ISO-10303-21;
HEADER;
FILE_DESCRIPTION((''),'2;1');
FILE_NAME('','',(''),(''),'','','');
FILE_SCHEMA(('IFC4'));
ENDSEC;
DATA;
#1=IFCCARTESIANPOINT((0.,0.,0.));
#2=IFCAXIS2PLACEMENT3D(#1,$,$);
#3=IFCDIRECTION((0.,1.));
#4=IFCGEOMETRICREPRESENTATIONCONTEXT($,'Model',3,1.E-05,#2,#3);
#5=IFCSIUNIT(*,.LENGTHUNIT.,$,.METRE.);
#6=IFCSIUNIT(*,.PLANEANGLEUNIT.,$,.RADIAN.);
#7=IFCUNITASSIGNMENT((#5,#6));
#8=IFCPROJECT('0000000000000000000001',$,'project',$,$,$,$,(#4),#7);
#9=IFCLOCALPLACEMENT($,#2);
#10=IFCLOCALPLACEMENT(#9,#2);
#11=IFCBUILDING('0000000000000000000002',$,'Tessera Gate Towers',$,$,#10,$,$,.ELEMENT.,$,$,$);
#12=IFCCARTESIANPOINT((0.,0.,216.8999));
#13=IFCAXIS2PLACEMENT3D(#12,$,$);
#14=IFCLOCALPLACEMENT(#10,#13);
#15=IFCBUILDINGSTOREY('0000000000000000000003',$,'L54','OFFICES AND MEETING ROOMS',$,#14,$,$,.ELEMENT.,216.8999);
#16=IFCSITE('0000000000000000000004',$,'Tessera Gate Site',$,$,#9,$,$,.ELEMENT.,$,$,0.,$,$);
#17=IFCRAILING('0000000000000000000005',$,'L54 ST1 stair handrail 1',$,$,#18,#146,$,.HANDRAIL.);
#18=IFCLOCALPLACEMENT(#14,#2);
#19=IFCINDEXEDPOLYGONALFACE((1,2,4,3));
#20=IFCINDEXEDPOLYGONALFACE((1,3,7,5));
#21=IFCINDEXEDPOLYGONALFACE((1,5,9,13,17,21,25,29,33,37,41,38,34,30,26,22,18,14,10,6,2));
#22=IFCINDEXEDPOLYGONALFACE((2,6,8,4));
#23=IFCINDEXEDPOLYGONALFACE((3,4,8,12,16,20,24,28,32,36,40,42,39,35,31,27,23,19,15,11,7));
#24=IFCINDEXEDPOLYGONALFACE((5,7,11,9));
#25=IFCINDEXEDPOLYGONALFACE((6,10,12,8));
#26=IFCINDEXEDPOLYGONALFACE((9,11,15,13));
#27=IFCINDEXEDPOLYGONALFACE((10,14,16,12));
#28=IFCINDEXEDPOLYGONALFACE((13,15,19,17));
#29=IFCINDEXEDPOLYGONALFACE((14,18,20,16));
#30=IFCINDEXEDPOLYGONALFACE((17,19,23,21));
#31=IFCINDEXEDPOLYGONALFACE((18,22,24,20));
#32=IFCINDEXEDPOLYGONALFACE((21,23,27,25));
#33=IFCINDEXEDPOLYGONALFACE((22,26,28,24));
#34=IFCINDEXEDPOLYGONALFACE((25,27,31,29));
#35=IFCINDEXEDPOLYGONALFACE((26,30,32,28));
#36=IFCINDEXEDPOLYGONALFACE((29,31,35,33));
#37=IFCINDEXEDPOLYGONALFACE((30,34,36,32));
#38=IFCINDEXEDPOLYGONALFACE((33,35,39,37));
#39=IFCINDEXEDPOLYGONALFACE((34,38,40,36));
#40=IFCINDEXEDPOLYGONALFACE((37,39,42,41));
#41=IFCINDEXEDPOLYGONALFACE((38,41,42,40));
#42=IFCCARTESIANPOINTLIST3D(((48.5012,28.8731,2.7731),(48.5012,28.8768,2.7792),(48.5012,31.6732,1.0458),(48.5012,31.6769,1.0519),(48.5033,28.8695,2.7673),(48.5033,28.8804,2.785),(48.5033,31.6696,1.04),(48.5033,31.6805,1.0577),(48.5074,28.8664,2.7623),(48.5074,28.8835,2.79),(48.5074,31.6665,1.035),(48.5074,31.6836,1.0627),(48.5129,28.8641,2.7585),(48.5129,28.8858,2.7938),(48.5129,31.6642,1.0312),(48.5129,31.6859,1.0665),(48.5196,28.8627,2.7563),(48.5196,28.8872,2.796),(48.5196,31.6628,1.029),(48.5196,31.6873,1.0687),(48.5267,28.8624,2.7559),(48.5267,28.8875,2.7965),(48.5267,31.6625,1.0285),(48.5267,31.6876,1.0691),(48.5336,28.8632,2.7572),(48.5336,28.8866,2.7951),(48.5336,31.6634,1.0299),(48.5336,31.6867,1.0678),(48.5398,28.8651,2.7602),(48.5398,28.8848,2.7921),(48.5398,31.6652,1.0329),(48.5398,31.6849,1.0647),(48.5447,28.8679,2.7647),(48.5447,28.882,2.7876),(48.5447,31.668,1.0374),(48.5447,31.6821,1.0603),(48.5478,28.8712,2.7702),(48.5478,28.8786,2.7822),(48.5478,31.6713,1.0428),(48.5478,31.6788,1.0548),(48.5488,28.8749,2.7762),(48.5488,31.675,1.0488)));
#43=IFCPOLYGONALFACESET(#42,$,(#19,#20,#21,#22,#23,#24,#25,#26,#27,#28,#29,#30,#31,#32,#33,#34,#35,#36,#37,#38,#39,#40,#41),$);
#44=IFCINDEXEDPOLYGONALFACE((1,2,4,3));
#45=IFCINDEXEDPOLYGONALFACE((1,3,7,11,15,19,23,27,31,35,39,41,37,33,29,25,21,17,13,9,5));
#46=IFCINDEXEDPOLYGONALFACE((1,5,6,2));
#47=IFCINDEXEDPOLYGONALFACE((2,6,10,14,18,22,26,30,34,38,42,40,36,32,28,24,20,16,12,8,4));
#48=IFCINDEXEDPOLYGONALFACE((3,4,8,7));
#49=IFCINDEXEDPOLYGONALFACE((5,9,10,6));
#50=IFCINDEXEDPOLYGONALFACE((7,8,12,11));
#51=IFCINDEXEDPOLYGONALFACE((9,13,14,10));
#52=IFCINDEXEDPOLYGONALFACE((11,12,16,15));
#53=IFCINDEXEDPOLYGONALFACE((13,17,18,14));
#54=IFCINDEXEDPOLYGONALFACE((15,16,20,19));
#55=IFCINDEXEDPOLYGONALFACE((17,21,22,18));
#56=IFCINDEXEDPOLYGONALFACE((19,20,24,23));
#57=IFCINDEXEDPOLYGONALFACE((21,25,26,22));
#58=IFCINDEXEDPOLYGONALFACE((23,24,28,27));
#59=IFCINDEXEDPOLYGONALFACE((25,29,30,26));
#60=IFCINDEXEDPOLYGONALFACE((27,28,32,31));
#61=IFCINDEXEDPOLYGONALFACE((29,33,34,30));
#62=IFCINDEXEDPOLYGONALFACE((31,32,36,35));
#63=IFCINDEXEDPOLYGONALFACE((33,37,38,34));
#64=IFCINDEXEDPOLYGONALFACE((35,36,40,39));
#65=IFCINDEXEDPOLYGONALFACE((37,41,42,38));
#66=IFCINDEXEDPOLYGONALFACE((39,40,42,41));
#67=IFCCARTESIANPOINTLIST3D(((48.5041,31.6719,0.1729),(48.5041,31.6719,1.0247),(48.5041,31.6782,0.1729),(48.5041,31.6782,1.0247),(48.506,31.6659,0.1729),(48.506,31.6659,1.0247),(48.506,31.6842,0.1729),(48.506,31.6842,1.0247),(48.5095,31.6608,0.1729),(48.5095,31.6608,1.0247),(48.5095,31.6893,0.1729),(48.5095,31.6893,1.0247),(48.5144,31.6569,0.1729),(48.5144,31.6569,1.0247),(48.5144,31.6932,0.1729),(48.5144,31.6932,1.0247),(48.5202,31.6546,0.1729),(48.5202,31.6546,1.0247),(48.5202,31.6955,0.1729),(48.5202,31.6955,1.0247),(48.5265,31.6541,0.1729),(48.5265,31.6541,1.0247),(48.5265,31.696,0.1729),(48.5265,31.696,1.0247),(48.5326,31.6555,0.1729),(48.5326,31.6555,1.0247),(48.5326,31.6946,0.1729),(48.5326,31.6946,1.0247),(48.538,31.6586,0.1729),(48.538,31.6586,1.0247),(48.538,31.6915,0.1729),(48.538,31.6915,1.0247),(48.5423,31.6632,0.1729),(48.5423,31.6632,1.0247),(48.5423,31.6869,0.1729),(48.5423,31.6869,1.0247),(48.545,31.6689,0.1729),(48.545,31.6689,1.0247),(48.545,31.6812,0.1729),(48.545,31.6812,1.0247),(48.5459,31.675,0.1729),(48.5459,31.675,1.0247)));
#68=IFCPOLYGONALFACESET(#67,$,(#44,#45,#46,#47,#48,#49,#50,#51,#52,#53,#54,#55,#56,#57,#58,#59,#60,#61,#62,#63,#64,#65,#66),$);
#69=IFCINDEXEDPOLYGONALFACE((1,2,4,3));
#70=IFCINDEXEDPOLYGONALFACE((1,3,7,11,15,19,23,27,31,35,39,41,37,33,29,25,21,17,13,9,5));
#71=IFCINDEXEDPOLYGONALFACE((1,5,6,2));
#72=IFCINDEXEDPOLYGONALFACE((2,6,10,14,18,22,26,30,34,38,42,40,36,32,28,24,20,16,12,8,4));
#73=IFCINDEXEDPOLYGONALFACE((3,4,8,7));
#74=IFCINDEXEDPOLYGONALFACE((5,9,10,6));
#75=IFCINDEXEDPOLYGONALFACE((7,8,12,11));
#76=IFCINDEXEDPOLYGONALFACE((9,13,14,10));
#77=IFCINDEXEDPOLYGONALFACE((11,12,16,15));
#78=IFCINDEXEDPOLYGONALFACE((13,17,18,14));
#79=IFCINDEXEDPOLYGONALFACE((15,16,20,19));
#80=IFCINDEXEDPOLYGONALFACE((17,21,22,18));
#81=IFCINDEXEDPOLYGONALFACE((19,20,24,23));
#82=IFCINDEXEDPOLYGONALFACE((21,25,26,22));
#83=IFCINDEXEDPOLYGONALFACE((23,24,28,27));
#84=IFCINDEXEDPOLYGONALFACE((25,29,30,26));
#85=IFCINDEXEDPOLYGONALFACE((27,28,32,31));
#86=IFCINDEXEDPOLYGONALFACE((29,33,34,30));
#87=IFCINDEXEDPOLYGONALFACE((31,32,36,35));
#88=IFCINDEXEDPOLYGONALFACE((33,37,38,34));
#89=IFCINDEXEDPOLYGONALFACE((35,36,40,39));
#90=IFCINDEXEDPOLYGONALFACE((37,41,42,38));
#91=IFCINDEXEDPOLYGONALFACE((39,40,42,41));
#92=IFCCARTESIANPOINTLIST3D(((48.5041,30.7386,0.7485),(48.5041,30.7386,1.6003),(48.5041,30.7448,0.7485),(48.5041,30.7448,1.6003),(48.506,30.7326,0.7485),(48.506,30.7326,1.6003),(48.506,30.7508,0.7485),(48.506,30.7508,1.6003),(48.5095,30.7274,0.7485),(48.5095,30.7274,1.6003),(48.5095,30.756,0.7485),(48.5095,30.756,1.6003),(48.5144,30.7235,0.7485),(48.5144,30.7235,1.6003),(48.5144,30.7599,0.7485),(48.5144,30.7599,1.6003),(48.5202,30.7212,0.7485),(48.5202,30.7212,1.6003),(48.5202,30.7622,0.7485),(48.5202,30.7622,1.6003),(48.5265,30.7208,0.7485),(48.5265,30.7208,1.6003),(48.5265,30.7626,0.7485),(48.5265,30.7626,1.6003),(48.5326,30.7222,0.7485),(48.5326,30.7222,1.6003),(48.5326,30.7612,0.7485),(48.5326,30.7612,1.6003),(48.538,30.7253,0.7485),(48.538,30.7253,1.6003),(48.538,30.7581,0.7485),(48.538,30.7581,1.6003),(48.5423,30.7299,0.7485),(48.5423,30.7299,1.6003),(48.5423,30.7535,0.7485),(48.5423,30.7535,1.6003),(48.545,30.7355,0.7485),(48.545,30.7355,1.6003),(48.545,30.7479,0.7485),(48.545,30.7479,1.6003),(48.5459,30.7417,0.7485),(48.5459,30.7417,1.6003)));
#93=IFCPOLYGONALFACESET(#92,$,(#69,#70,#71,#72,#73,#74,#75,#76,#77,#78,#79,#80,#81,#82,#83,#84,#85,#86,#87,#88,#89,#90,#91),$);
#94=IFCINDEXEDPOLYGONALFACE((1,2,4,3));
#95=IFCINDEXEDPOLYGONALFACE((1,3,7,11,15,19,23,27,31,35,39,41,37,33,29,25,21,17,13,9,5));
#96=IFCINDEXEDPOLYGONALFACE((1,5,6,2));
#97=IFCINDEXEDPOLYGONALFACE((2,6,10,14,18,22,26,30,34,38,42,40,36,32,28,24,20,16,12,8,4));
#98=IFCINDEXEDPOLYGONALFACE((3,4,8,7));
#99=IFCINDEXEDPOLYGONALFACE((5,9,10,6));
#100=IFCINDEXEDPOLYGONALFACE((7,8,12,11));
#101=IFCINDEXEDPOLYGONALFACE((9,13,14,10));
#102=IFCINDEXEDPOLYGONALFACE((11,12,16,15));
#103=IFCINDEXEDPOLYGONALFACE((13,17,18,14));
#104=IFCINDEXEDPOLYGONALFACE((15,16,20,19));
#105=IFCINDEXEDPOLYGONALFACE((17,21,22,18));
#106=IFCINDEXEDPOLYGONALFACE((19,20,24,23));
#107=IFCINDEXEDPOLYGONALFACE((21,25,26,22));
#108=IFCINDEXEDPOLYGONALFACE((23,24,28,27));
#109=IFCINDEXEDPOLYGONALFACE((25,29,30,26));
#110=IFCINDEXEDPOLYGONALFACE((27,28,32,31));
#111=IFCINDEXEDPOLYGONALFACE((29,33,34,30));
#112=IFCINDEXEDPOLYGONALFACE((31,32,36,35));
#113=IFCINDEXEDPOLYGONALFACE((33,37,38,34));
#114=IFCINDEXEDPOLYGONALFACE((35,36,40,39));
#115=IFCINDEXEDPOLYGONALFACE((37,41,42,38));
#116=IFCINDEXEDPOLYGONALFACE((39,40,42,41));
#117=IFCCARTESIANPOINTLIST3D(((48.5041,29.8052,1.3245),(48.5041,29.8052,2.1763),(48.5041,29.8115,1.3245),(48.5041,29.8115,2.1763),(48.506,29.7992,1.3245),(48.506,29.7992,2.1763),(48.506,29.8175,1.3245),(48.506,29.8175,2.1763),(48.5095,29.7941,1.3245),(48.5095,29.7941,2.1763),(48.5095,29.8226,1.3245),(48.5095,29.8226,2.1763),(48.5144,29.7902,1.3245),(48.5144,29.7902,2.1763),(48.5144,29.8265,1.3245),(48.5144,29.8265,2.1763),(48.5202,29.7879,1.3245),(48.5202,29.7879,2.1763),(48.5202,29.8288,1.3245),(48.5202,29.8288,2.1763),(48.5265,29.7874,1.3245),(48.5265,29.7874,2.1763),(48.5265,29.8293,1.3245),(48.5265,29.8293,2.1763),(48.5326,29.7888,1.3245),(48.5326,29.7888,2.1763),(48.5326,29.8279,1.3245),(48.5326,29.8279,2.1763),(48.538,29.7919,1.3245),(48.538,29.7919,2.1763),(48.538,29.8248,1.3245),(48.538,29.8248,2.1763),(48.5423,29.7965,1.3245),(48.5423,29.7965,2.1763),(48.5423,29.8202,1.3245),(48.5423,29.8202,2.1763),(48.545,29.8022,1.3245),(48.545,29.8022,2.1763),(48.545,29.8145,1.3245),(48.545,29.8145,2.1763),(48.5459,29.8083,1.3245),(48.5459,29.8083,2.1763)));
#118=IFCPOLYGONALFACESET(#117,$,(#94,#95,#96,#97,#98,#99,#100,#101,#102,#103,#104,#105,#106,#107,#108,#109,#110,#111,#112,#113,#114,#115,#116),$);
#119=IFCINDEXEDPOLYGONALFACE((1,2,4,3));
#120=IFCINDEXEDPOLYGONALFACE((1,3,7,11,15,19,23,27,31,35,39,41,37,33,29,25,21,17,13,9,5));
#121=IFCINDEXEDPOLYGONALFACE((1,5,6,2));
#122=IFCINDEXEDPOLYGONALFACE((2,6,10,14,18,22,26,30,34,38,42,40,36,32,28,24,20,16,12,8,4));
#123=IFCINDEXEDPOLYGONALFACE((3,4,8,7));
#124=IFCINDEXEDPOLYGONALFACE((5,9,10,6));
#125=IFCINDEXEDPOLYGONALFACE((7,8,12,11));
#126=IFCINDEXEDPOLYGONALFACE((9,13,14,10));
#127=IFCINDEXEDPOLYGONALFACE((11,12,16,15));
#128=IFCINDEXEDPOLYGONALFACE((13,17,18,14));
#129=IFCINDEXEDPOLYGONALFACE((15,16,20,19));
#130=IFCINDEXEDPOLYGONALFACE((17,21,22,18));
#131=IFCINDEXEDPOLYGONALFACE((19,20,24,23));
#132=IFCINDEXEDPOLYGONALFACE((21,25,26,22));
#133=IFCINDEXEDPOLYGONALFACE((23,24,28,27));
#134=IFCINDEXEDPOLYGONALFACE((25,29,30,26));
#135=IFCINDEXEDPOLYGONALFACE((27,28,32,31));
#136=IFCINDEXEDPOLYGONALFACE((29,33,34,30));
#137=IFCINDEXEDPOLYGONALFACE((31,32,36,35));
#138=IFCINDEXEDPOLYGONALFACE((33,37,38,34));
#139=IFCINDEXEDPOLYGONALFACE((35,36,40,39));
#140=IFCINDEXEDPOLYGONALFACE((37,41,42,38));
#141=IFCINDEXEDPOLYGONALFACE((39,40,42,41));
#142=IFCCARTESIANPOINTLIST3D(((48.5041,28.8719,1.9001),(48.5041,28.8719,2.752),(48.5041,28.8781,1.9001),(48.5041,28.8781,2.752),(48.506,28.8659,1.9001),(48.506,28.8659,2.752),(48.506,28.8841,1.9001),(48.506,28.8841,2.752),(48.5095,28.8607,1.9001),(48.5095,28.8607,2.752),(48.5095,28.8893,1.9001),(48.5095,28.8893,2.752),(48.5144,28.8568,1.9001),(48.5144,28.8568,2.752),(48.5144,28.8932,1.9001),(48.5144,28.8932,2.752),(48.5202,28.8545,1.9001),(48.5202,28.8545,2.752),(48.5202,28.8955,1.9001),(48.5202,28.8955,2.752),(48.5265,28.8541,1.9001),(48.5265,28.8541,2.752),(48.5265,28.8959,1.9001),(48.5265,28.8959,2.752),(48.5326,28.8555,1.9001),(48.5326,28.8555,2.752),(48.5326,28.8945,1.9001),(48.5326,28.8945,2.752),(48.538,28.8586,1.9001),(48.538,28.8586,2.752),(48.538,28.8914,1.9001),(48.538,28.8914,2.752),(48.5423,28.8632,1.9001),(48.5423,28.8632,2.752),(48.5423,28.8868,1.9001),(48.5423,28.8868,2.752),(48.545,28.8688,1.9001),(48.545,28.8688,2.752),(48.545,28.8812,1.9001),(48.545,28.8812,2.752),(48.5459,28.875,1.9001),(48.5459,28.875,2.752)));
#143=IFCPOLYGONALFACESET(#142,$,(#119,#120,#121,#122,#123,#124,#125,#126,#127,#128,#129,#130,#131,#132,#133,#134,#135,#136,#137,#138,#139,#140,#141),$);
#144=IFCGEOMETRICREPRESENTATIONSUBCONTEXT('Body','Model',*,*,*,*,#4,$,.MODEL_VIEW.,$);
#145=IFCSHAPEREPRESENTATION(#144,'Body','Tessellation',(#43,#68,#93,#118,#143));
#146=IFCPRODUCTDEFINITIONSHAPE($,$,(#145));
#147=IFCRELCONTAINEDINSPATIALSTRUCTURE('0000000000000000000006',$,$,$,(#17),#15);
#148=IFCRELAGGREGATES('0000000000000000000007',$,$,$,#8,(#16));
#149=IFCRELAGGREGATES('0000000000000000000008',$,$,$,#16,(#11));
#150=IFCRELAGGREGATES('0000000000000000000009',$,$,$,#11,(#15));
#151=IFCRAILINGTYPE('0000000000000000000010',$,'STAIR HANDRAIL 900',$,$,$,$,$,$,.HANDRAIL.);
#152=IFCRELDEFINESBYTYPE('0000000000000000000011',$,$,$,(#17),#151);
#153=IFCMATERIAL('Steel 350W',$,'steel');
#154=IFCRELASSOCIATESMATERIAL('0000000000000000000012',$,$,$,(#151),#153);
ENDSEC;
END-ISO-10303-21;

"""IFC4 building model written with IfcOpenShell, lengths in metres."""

from ifc_helpers import new_model, si_unit, direction, frame, origin, origin_2d, place, context, subcontext, project, spatial, circle, extrude, material, type_object, element, save


model = new_model("IFC4")

# Units and contexts
model_context = context("Model", 3, precision=1e-05, world=origin(), true_north=direction((0.0, 1.0)))
body_context = subcontext(model_context, "Body", "Model", "MODEL_VIEW")
ifc_project = project(units=[si_unit("LENGTHUNIT", "METRE"), si_unit("PLANEANGLEUNIT", "RADIAN")], contexts=[model_context])

# Site, building, storey
site_placement = place(None, origin())
site = spatial("IfcSite", under=ifc_project, at=site_placement, Name="Tessera Gate Site", CompositionType="ELEMENT", RefElevation=0.0)
building_placement = place(site_placement, origin())
building = spatial("IfcBuilding", under=site, at=building_placement, Name="Tessera Gate Towers", CompositionType="ELEMENT")
storey_placement = place(building_placement, frame((0.0, 0.0, 216.8999)))
storey = spatial("IfcBuildingStorey", under=building, at=storey_placement, Name="L54", Description="OFFICES AND MEETING ROOMS", CompositionType="ELEMENT", Elevation=216.8999)

# Railing
ifc_material_1 = material(Name="Steel 350W", Category="steel")
railing_type = type_object("IfcRailingType", Name="STAIR HANDRAIL 900", PredefinedType="HANDRAIL", material=ifc_material_1)
railing_placement = place(storey_placement, frame((48.5249, 31.675, 0.1729)))
element("IfcRailing", 1, at=railing_placement, inside=storey, type_object=railing_type, Name="L54 ST1 stair handrail 1", PredefinedType="HANDRAIL", context=body_context, shape_type="SweptSolid", body=[
    extrude(circle(Radius=0.0239, at=origin_2d()), frame((0.0, 0.0, 0.876), z_axis=(0.0, -0.85109, 0.52502), x_axis=(1.0, 0.0, 0.0)), (0.0, 0.0, 1.0), 3.29),
    extrude(circle(Radius=0.021, at=origin_2d()), origin(), (0.0, 0.0, 1.0), 0.8518),
    extrude(circle(Radius=0.021, at=origin_2d()), frame((0.0, -0.9333, 0.5757)), (0.0, 0.0, 1.0), 0.8518),
    extrude(circle(Radius=0.021, at=origin_2d()), frame((0.0, -1.8667, 1.1516)), (0.0, 0.0, 1.0), 0.8518),
    extrude(circle(Radius=0.021, at=origin_2d()), frame((0.0, -2.8, 1.7273)), (0.0, 0.0, 1.0), 0.8518),
])

save(model, "model.ifc")
